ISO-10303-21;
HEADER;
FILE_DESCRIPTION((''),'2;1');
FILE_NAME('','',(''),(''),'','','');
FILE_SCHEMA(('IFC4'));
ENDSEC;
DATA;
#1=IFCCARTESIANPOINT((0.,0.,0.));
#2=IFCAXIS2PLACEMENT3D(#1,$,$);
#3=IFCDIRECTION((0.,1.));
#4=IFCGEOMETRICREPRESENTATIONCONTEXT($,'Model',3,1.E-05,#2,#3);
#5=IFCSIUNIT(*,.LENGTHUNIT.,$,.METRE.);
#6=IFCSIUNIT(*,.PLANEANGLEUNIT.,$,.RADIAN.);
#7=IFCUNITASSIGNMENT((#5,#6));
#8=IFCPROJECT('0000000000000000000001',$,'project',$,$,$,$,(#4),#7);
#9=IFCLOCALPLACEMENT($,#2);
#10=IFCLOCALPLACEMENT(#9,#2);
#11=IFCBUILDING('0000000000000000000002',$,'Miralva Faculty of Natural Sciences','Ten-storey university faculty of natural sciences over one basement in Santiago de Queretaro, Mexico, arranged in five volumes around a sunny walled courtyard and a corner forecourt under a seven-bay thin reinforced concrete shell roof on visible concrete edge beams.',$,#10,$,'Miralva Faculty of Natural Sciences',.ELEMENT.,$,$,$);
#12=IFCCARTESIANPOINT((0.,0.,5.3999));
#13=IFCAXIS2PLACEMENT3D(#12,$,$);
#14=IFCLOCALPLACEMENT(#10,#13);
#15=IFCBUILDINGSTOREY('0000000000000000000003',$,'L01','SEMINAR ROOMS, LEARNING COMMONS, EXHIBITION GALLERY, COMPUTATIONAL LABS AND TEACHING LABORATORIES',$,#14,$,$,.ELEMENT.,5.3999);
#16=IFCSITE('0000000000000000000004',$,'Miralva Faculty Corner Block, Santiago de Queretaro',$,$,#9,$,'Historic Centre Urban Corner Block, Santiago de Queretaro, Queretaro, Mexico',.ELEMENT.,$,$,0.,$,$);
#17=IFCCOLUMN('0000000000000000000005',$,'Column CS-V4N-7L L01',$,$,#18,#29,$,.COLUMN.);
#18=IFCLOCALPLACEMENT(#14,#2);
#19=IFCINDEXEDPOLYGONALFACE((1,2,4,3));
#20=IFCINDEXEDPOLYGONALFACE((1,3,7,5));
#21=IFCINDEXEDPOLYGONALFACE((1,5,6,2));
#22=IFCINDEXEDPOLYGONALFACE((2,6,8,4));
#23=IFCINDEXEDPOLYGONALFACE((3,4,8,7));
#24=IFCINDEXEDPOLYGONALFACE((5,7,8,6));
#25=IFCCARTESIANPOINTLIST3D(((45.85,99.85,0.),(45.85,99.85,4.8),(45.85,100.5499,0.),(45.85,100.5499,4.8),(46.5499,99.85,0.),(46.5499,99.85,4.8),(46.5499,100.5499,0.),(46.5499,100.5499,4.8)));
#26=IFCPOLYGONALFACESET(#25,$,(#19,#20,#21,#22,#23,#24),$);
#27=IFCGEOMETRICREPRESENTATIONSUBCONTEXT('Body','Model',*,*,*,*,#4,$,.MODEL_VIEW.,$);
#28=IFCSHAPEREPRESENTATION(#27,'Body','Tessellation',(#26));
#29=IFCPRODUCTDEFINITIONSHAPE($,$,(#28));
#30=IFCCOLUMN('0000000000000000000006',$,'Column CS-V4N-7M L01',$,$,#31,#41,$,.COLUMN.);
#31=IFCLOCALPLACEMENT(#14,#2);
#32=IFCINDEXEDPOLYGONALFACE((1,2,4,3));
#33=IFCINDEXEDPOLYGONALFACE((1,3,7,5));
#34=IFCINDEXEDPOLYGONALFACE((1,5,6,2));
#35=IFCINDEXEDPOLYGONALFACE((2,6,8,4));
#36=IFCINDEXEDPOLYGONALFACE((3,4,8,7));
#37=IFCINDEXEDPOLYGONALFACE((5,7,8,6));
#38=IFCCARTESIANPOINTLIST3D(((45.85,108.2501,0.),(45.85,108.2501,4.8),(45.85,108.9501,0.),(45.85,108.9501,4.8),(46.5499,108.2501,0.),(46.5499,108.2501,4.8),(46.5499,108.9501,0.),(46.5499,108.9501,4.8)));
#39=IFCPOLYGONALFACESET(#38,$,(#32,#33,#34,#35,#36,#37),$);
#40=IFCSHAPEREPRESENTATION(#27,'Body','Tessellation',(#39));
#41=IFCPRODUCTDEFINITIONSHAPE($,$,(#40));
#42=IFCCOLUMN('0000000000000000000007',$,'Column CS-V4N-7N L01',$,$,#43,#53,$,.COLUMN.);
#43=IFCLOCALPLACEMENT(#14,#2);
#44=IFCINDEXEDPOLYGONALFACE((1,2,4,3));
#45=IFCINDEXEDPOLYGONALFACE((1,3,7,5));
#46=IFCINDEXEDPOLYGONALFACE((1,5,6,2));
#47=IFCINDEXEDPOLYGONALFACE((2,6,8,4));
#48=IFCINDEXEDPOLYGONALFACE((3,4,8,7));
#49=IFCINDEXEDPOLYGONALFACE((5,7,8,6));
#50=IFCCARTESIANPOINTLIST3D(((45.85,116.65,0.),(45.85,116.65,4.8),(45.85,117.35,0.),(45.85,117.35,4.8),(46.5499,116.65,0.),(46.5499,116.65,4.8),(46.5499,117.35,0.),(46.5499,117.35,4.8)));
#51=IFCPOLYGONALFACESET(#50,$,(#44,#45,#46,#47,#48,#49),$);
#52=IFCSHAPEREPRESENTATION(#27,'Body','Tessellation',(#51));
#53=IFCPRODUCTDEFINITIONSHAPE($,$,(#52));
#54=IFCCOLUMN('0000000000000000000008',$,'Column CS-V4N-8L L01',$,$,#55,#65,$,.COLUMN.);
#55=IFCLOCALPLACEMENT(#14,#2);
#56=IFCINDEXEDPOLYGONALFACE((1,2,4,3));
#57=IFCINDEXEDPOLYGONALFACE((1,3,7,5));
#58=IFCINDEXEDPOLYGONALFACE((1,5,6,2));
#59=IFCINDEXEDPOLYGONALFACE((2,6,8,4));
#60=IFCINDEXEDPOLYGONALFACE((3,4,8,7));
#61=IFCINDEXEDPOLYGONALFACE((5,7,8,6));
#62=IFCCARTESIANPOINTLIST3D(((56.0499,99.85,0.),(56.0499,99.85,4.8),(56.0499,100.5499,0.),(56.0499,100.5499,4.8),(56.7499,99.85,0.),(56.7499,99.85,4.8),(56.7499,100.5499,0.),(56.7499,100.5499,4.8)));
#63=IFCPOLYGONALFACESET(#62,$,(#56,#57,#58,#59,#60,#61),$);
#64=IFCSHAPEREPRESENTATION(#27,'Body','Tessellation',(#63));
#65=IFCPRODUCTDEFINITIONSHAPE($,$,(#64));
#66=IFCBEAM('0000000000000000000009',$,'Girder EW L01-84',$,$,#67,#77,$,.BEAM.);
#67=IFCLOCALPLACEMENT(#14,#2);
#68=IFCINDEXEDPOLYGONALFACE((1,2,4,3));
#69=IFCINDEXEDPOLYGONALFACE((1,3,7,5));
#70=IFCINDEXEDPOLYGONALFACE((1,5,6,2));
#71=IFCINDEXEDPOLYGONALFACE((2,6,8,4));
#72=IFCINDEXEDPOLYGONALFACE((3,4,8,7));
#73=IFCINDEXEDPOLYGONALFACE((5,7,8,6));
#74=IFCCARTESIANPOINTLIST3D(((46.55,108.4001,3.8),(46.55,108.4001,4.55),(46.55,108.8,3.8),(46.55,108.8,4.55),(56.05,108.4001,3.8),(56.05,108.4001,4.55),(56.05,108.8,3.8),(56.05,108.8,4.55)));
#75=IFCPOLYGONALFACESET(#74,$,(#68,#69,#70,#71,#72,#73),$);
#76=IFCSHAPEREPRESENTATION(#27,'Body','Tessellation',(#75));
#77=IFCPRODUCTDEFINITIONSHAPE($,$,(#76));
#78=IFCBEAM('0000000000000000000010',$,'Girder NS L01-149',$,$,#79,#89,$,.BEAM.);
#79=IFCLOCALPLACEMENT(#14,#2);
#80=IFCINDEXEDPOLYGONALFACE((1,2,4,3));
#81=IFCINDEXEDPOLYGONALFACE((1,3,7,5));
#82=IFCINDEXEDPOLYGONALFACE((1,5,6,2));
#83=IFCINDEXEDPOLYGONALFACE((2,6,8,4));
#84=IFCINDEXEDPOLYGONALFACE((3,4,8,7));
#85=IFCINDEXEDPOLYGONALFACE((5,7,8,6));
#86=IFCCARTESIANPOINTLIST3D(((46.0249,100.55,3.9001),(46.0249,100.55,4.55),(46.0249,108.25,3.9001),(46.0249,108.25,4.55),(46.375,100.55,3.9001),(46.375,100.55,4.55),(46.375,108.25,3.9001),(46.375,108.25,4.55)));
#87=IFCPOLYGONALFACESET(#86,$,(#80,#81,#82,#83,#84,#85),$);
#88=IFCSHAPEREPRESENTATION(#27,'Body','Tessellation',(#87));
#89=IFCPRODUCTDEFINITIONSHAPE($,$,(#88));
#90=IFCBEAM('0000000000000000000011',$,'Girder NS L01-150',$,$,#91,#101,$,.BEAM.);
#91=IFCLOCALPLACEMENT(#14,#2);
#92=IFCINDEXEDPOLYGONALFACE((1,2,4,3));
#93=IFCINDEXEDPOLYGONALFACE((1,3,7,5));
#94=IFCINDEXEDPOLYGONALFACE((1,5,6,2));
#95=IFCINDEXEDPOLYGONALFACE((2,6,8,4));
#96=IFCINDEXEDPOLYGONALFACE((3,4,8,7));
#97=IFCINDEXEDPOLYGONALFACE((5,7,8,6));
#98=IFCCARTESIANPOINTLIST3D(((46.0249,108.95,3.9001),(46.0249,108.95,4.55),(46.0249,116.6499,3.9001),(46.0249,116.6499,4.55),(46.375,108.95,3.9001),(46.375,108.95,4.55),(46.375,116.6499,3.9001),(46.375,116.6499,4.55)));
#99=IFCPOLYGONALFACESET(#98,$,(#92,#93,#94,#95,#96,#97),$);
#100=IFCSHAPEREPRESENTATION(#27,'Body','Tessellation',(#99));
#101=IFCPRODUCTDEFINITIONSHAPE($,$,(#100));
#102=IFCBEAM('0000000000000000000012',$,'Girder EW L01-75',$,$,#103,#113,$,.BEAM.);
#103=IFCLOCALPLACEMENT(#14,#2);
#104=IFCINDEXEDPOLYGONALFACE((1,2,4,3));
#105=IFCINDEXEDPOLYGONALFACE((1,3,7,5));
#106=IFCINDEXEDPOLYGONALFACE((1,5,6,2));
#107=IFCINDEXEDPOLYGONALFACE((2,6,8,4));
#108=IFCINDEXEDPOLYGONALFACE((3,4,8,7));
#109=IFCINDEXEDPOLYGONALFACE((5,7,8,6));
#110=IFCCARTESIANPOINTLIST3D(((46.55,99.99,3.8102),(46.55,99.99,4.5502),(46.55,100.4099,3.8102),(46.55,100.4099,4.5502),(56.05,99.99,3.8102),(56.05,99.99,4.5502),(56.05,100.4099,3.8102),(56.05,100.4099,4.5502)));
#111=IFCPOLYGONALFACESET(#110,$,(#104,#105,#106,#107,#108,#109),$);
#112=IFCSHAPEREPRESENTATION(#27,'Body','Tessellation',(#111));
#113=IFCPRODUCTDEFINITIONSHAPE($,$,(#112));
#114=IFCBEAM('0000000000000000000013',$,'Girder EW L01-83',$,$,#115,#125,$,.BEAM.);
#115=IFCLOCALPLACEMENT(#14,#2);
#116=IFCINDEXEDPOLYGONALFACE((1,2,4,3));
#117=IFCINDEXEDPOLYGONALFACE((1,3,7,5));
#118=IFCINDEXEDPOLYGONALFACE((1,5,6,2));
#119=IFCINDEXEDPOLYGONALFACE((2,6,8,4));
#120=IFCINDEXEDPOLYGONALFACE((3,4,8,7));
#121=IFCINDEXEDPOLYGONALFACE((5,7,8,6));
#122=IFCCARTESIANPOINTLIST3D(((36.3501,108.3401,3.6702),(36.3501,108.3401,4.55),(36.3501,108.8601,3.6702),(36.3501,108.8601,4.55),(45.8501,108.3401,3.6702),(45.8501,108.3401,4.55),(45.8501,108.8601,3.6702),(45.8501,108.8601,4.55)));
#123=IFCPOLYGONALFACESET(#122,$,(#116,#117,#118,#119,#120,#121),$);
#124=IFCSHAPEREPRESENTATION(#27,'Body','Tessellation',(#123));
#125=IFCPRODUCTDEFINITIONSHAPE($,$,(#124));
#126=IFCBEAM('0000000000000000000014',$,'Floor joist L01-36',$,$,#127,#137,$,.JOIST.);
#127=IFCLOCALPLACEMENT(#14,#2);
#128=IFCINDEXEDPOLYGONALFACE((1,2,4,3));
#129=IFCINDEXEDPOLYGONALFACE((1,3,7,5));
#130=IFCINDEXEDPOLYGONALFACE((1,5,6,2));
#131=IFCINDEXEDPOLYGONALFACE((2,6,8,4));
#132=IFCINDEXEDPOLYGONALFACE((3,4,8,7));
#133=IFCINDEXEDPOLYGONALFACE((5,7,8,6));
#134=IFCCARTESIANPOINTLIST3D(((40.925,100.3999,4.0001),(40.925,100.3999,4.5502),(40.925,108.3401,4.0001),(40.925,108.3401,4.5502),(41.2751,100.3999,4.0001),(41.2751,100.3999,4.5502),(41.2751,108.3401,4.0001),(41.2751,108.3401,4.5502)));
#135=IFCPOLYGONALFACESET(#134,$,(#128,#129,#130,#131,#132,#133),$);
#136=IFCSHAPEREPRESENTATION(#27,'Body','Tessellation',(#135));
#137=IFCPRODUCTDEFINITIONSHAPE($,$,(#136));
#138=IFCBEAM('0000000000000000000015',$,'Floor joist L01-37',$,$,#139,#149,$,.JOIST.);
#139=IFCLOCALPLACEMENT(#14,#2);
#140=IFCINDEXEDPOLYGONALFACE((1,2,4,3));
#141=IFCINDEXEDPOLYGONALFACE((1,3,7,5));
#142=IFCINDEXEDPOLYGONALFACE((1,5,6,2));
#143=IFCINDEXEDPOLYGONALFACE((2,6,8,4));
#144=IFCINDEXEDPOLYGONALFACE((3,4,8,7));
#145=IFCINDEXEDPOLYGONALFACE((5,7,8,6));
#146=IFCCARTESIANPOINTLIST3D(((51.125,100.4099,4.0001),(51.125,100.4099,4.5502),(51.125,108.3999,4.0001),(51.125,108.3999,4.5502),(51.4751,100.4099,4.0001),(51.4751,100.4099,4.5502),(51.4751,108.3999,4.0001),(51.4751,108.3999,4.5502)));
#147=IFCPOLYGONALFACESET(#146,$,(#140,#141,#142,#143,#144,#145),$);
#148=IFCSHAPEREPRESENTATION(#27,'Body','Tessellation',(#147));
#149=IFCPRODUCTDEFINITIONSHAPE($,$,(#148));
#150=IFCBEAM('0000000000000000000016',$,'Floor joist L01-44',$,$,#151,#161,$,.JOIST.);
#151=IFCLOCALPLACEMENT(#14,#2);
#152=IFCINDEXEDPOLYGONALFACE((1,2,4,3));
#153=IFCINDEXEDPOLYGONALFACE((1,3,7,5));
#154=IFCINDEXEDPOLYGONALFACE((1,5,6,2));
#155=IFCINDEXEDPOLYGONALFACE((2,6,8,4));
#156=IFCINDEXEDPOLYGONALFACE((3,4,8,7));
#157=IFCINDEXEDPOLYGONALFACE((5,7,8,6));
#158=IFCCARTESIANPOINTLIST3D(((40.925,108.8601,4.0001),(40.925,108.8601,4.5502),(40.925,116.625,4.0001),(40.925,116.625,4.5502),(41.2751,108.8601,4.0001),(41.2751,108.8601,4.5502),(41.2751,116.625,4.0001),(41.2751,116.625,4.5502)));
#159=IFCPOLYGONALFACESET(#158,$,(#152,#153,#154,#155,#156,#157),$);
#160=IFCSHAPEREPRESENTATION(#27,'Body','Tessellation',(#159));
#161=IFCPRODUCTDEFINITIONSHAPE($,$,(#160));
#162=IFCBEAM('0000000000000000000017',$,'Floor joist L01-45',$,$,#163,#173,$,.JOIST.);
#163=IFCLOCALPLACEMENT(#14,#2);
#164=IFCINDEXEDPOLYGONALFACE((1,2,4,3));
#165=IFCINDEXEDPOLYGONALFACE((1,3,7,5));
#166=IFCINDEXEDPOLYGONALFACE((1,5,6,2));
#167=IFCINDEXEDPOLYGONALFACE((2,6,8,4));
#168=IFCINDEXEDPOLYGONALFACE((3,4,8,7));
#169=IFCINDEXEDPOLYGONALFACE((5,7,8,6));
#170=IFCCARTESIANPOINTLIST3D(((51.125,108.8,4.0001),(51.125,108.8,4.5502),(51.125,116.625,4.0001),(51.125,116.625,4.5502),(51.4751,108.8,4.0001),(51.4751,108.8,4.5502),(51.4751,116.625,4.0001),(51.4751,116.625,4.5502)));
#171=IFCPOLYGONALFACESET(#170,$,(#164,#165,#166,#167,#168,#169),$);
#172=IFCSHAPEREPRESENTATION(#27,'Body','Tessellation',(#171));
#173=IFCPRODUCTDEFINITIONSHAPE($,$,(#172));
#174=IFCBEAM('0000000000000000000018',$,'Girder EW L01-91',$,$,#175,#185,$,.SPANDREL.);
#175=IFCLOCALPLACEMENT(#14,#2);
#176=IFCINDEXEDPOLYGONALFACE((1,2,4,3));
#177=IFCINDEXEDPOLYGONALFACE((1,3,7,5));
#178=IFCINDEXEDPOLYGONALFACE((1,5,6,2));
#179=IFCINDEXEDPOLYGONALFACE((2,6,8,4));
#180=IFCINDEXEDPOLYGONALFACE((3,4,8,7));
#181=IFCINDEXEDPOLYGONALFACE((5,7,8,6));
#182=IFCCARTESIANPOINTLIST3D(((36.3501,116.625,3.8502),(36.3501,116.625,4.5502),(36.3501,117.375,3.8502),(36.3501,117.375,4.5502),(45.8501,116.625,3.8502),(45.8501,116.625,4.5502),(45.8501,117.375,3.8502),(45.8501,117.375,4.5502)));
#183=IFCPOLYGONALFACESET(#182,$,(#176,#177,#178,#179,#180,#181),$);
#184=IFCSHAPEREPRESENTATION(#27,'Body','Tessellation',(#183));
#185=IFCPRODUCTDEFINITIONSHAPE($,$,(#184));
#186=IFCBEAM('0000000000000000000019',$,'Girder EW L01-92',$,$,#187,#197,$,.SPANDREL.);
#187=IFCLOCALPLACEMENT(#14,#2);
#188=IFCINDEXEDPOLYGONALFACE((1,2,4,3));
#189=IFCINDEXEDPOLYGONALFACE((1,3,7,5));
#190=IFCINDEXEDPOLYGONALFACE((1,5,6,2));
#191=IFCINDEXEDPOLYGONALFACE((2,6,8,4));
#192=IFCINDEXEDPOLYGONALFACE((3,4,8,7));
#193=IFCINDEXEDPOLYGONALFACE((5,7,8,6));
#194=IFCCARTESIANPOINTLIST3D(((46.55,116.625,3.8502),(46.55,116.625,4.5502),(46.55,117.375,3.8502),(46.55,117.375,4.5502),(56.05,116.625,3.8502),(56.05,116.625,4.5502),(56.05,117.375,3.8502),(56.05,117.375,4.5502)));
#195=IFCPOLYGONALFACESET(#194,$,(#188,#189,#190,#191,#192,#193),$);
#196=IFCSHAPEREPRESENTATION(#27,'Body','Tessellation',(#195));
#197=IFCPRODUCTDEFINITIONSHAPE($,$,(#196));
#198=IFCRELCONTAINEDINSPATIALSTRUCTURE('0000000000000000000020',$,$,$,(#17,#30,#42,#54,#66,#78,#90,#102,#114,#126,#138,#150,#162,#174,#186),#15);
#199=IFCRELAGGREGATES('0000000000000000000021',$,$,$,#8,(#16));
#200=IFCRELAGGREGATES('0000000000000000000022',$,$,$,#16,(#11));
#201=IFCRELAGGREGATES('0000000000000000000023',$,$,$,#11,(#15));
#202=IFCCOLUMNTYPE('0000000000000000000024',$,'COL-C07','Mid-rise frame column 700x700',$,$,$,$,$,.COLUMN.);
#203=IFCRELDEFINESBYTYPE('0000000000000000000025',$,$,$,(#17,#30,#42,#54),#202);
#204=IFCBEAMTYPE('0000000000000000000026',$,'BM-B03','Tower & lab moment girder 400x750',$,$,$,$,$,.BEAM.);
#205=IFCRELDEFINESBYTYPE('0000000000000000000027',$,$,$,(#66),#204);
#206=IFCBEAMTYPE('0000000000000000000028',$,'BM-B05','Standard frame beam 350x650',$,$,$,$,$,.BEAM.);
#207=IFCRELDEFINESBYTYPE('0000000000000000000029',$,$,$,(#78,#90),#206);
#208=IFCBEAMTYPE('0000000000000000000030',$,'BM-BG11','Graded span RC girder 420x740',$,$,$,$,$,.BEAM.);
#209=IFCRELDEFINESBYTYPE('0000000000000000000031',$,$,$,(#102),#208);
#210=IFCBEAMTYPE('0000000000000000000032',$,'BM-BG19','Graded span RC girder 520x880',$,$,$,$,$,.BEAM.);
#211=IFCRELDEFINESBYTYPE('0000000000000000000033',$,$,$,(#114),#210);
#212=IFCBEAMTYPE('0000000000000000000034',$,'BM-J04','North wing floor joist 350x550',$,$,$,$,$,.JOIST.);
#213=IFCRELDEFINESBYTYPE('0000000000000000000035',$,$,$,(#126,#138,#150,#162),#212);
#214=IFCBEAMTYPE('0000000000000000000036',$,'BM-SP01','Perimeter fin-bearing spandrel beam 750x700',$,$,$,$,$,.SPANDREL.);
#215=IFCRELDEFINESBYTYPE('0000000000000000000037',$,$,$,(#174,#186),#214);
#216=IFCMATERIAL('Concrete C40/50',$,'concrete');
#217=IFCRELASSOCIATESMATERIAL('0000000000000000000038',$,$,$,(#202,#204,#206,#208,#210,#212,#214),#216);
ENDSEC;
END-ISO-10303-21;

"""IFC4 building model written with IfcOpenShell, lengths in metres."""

from ifc_helpers import new_model, si_unit, direction, frame, origin, origin_2d, place, context, subcontext, project, spatial, rectangle, extrude, material, material_profile, profile_set, type_object, element, save


model = new_model("IFC4")

# Units and contexts
model_context = context("Model", 3, precision=1e-05, world=origin(), true_north=direction((0.0, 1.0)))
body_context = subcontext(model_context, "Body", "Model", "MODEL_VIEW")
ifc_project = project(units=[si_unit("LENGTHUNIT", "METRE"), si_unit("PLANEANGLEUNIT", "RADIAN")], contexts=[model_context])

# Site, building, storey
site_placement = place(None, origin())
site = spatial("IfcSite", under=ifc_project, at=site_placement, Name="Miralva Faculty Corner Block, Santiago de Queretaro", LongName="Historic Centre Urban Corner Block, Santiago de Queretaro, Queretaro, Mexico", CompositionType="ELEMENT", RefElevation=0.0)
building_placement = place(site_placement, origin())
building = spatial("IfcBuilding", under=site, at=building_placement, Name="Miralva Faculty of Natural Sciences", Description="Ten-storey university faculty of natural sciences over one basement in Santiago de Queretaro, Mexico, arranged in five volumes around a sunny walled courtyard and a corner forecourt under a seven-bay thin reinforced concrete shell roof on visible concrete edge beams.", LongName="Miralva Faculty of Natural Sciences", CompositionType="ELEMENT")
storey_placement = place(building_placement, frame((0.0, 0.0, 5.3999)))
storey = spatial("IfcBuildingStorey", under=building, at=storey_placement, Name="L01", Description="SEMINAR ROOMS, LEARNING COMMONS, EXHIBITION GALLERY, COMPUTATIONAL LABS AND TEACHING LABORATORIES", CompositionType="ELEMENT", Elevation=5.3999)

# Columns
ifc_material_1 = material(Name="Concrete C40/50", Category="concrete")
ifc_material_profile_1 = material_profile(ifc_material_1, rectangle(XDim=0.7, YDim=0.7, at=origin_2d()), Name="RC 700x700")
ifc_profile_set_1 = profile_set([ifc_material_profile_1], Name="Concrete C40/50")
column_type = type_object("IfcColumnType", Name="COL-C07", Description="Mid-rise frame column 700x700", PredefinedType="COLUMN", material=ifc_profile_set_1)
for number, where, z_axis, x_axis, name in (
    (1, (46.2, 100.2, 0.0), (0.0, 0.0, 1.0), (1.0, 0.0, 0.0), "Column CS-V4N-7L L01"),
    (2, (46.2, 108.6001, 0.0), (0.0, 0.0, 1.0), (1.0, 0.0, 0.0), "Column CS-V4N-7M L01"),
    (3, (46.2, 117.0, 0.0), (0.0, 0.0, 1.0), (1.0, 0.0, 0.0), "Column CS-V4N-7N L01"),
    (4, (56.3999, 100.2, 0.0), (0.0, 0.0, 1.0), (1.0, 0.0, 0.0), "Column CS-V4N-8L L01"),
):
    element("IfcColumn", number, at=place(storey_placement, frame(where, z_axis=z_axis, x_axis=x_axis)), inside=storey, type_object=column_type, Name=name, PredefinedType="COLUMN", context=body_context, shape_type="SweptSolid", body=[
        extrude(rectangle(XDim=0.7, YDim=0.7, at=origin_2d()), origin(), (0.0, 0.0, 1.0), 4.8),
    ])

# Beams
ifc_material_profile_2 = material_profile(ifc_material_1, rectangle(XDim=0.3999, YDim=0.75, at=origin_2d()), Name="RC 400x750")
ifc_profile_set_2 = profile_set([ifc_material_profile_2], Name="Concrete C40/50")
beam_type_1 = type_object("IfcBeamType", Name="BM-B03", Description="Tower & lab moment girder 400x750", PredefinedType="BEAM", material=ifc_profile_set_2)
beam_1_placement = place(storey_placement, frame((46.55, 108.6001, 4.175), z_axis=(1.0, 0.0, 0.0), x_axis=(0.0, 1.0, 0.0)))
element("IfcBeam", 5, at=beam_1_placement, inside=storey, type_object=beam_type_1, Name="Girder EW L01-84", PredefinedType="BEAM", context=body_context, shape_type="SweptSolid", body=[
    extrude(rectangle(XDim=0.3999, YDim=0.75, at=origin_2d()), origin(), (0.0, 0.0, 1.0), 9.5),
])
ifc_material_profile_3 = material_profile(ifc_material_1, rectangle(XDim=0.3501, YDim=0.6499, at=origin_2d()), Name="RC 350x650")
ifc_profile_set_3 = profile_set([ifc_material_profile_3], Name="Concrete C40/50")
beam_type_2 = type_object("IfcBeamType", Name="BM-B05", Description="Standard frame beam 350x650", PredefinedType="BEAM", material=ifc_profile_set_3)
for number, where, z_axis, x_axis, name in (
    (6, (46.2, 100.55, 4.2251), (0.0, 1.0, 0.0), (-1.0, 0.0, 0.0), "Girder NS L01-149"),
    (7, (46.2, 108.95, 4.2251), (0.0, 1.0, 0.0), (-1.0, 0.0, 0.0), "Girder NS L01-150"),
):
    element("IfcBeam", number, at=place(storey_placement, frame(where, z_axis=z_axis, x_axis=x_axis)), inside=storey, type_object=beam_type_2, Name=name, PredefinedType="BEAM", context=body_context, shape_type="SweptSolid", body=[
        extrude(rectangle(XDim=0.3501, YDim=0.6499, at=origin_2d()), origin(), (0.0, 0.0, 1.0), 7.7),
    ])
ifc_material_profile_4 = material_profile(ifc_material_1, rectangle(XDim=0.4199, YDim=0.74, at=origin_2d()), Name="RC 420x740")
ifc_profile_set_4 = profile_set([ifc_material_profile_4], Name="Concrete C40/50")
beam_type_3 = type_object("IfcBeamType", Name="BM-BG11", Description="Graded span RC girder 420x740", PredefinedType="BEAM", material=ifc_profile_set_4)
beam_2_placement = place(storey_placement, frame((46.55, 100.2, 4.1802), z_axis=(1.0, 0.0, 0.0), x_axis=(0.0, 1.0, 0.0)))
element("IfcBeam", 8, at=beam_2_placement, inside=storey, type_object=beam_type_3, Name="Girder EW L01-75", PredefinedType="BEAM", context=body_context, shape_type="SweptSolid", body=[
    extrude(rectangle(XDim=0.4199, YDim=0.74, at=origin_2d()), origin(), (0.0, 0.0, 1.0), 9.5),
])
ifc_material_profile_5 = material_profile(ifc_material_1, rectangle(XDim=0.52, YDim=0.8799, at=origin_2d()), Name="RC 520x880")
ifc_profile_set_5 = profile_set([ifc_material_profile_5], Name="Concrete C40/50")
beam_type_4 = type_object("IfcBeamType", Name="BM-BG19", Description="Graded span RC girder 520x880", PredefinedType="BEAM", material=ifc_profile_set_5)
beam_3_placement = place(storey_placement, frame((36.3501, 108.6001, 4.1101), z_axis=(1.0, 0.0, 0.0), x_axis=(0.0, 1.0, 0.0)))
element("IfcBeam", 9, at=beam_3_placement, inside=storey, type_object=beam_type_4, Name="Girder EW L01-83", PredefinedType="BEAM", context=body_context, shape_type="SweptSolid", body=[
    extrude(rectangle(XDim=0.52, YDim=0.8799, at=origin_2d()), origin(), (0.0, 0.0, 1.0), 9.5),
])
ifc_material_profile_6 = material_profile(ifc_material_1, rectangle(XDim=0.3501, YDim=0.55, at=origin_2d()), Name="RC 350x550")
ifc_profile_set_6 = profile_set([ifc_material_profile_6], Name="Concrete C40/50")
beam_type_5 = type_object("IfcBeamType", Name="BM-J04", Description="North wing floor joist 350x550", PredefinedType="JOIST", material=ifc_profile_set_6)
beam_4_placement = place(storey_placement, frame((41.1001, 100.3999, 4.2751), z_axis=(0.0, 1.0, 0.0), x_axis=(-1.0, 0.0, 0.0)))
element("IfcBeam", 10, at=beam_4_placement, inside=storey, type_object=beam_type_5, Name="Floor joist L01-36", PredefinedType="JOIST", context=body_context, shape_type="SweptSolid", body=[
    extrude(rectangle(XDim=0.3501, YDim=0.55, at=origin_2d()), origin(), (0.0, 0.0, 1.0), 7.9402),
])
beam_5_placement = place(storey_placement, frame((51.3, 100.4099, 4.2751), z_axis=(0.0, 1.0, 0.0), x_axis=(-1.0, 0.0, 0.0)))
element("IfcBeam", 11, at=beam_5_placement, inside=storey, type_object=beam_type_5, Name="Floor joist L01-37", PredefinedType="JOIST", context=body_context, shape_type="SweptSolid", body=[
    extrude(rectangle(XDim=0.3501, YDim=0.55, at=origin_2d()), origin(), (0.0, 0.0, 1.0), 7.99),
])
beam_6_placement = place(storey_placement, frame((41.1001, 108.8601, 4.2751), z_axis=(0.0, 1.0, 0.0), x_axis=(-1.0, 0.0, 0.0)))
element("IfcBeam", 12, at=beam_6_placement, inside=storey, type_object=beam_type_5, Name="Floor joist L01-44", PredefinedType="JOIST", context=body_context, shape_type="SweptSolid", body=[
    extrude(rectangle(XDim=0.3501, YDim=0.55, at=origin_2d()), origin(), (0.0, 0.0, 1.0), 7.7649),
])
beam_7_placement = place(storey_placement, frame((51.3, 108.8, 4.2751), z_axis=(0.0, 1.0, 0.0), x_axis=(-1.0, 0.0, 0.0)))
element("IfcBeam", 13, at=beam_7_placement, inside=storey, type_object=beam_type_5, Name="Floor joist L01-45", PredefinedType="JOIST", context=body_context, shape_type="SweptSolid", body=[
    extrude(rectangle(XDim=0.3501, YDim=0.55, at=origin_2d()), origin(), (0.0, 0.0, 1.0), 7.825),
])
ifc_material_profile_7 = material_profile(ifc_material_1, rectangle(XDim=0.75, YDim=0.7, at=origin_2d()), Name="RC 750x700")
ifc_profile_set_7 = profile_set([ifc_material_profile_7], Name="Concrete C40/50")
beam_type_6 = type_object("IfcBeamType", Name="BM-SP01", Description="Perimeter fin-bearing spandrel beam 750x700", PredefinedType="SPANDREL", material=ifc_profile_set_7)
for number, where, z_axis, x_axis, name in (
    (14, (36.3501, 117.0, 4.2002), (1.0, 0.0, 0.0), (0.0, 1.0, 0.0), "Girder EW L01-91"),
    (15, (46.55, 117.0, 4.2002), (1.0, 0.0, 0.0), (0.0, 1.0, 0.0), "Girder EW L01-92"),
):
    element("IfcBeam", number, at=place(storey_placement, frame(where, z_axis=z_axis, x_axis=x_axis)), inside=storey, type_object=beam_type_6, Name=name, PredefinedType="SPANDREL", context=body_context, shape_type="SweptSolid", body=[
        extrude(rectangle(XDim=0.75, YDim=0.7, at=origin_2d()), origin(), (0.0, 0.0, 1.0), 9.5),
    ])

save(model, "model.ifc")
